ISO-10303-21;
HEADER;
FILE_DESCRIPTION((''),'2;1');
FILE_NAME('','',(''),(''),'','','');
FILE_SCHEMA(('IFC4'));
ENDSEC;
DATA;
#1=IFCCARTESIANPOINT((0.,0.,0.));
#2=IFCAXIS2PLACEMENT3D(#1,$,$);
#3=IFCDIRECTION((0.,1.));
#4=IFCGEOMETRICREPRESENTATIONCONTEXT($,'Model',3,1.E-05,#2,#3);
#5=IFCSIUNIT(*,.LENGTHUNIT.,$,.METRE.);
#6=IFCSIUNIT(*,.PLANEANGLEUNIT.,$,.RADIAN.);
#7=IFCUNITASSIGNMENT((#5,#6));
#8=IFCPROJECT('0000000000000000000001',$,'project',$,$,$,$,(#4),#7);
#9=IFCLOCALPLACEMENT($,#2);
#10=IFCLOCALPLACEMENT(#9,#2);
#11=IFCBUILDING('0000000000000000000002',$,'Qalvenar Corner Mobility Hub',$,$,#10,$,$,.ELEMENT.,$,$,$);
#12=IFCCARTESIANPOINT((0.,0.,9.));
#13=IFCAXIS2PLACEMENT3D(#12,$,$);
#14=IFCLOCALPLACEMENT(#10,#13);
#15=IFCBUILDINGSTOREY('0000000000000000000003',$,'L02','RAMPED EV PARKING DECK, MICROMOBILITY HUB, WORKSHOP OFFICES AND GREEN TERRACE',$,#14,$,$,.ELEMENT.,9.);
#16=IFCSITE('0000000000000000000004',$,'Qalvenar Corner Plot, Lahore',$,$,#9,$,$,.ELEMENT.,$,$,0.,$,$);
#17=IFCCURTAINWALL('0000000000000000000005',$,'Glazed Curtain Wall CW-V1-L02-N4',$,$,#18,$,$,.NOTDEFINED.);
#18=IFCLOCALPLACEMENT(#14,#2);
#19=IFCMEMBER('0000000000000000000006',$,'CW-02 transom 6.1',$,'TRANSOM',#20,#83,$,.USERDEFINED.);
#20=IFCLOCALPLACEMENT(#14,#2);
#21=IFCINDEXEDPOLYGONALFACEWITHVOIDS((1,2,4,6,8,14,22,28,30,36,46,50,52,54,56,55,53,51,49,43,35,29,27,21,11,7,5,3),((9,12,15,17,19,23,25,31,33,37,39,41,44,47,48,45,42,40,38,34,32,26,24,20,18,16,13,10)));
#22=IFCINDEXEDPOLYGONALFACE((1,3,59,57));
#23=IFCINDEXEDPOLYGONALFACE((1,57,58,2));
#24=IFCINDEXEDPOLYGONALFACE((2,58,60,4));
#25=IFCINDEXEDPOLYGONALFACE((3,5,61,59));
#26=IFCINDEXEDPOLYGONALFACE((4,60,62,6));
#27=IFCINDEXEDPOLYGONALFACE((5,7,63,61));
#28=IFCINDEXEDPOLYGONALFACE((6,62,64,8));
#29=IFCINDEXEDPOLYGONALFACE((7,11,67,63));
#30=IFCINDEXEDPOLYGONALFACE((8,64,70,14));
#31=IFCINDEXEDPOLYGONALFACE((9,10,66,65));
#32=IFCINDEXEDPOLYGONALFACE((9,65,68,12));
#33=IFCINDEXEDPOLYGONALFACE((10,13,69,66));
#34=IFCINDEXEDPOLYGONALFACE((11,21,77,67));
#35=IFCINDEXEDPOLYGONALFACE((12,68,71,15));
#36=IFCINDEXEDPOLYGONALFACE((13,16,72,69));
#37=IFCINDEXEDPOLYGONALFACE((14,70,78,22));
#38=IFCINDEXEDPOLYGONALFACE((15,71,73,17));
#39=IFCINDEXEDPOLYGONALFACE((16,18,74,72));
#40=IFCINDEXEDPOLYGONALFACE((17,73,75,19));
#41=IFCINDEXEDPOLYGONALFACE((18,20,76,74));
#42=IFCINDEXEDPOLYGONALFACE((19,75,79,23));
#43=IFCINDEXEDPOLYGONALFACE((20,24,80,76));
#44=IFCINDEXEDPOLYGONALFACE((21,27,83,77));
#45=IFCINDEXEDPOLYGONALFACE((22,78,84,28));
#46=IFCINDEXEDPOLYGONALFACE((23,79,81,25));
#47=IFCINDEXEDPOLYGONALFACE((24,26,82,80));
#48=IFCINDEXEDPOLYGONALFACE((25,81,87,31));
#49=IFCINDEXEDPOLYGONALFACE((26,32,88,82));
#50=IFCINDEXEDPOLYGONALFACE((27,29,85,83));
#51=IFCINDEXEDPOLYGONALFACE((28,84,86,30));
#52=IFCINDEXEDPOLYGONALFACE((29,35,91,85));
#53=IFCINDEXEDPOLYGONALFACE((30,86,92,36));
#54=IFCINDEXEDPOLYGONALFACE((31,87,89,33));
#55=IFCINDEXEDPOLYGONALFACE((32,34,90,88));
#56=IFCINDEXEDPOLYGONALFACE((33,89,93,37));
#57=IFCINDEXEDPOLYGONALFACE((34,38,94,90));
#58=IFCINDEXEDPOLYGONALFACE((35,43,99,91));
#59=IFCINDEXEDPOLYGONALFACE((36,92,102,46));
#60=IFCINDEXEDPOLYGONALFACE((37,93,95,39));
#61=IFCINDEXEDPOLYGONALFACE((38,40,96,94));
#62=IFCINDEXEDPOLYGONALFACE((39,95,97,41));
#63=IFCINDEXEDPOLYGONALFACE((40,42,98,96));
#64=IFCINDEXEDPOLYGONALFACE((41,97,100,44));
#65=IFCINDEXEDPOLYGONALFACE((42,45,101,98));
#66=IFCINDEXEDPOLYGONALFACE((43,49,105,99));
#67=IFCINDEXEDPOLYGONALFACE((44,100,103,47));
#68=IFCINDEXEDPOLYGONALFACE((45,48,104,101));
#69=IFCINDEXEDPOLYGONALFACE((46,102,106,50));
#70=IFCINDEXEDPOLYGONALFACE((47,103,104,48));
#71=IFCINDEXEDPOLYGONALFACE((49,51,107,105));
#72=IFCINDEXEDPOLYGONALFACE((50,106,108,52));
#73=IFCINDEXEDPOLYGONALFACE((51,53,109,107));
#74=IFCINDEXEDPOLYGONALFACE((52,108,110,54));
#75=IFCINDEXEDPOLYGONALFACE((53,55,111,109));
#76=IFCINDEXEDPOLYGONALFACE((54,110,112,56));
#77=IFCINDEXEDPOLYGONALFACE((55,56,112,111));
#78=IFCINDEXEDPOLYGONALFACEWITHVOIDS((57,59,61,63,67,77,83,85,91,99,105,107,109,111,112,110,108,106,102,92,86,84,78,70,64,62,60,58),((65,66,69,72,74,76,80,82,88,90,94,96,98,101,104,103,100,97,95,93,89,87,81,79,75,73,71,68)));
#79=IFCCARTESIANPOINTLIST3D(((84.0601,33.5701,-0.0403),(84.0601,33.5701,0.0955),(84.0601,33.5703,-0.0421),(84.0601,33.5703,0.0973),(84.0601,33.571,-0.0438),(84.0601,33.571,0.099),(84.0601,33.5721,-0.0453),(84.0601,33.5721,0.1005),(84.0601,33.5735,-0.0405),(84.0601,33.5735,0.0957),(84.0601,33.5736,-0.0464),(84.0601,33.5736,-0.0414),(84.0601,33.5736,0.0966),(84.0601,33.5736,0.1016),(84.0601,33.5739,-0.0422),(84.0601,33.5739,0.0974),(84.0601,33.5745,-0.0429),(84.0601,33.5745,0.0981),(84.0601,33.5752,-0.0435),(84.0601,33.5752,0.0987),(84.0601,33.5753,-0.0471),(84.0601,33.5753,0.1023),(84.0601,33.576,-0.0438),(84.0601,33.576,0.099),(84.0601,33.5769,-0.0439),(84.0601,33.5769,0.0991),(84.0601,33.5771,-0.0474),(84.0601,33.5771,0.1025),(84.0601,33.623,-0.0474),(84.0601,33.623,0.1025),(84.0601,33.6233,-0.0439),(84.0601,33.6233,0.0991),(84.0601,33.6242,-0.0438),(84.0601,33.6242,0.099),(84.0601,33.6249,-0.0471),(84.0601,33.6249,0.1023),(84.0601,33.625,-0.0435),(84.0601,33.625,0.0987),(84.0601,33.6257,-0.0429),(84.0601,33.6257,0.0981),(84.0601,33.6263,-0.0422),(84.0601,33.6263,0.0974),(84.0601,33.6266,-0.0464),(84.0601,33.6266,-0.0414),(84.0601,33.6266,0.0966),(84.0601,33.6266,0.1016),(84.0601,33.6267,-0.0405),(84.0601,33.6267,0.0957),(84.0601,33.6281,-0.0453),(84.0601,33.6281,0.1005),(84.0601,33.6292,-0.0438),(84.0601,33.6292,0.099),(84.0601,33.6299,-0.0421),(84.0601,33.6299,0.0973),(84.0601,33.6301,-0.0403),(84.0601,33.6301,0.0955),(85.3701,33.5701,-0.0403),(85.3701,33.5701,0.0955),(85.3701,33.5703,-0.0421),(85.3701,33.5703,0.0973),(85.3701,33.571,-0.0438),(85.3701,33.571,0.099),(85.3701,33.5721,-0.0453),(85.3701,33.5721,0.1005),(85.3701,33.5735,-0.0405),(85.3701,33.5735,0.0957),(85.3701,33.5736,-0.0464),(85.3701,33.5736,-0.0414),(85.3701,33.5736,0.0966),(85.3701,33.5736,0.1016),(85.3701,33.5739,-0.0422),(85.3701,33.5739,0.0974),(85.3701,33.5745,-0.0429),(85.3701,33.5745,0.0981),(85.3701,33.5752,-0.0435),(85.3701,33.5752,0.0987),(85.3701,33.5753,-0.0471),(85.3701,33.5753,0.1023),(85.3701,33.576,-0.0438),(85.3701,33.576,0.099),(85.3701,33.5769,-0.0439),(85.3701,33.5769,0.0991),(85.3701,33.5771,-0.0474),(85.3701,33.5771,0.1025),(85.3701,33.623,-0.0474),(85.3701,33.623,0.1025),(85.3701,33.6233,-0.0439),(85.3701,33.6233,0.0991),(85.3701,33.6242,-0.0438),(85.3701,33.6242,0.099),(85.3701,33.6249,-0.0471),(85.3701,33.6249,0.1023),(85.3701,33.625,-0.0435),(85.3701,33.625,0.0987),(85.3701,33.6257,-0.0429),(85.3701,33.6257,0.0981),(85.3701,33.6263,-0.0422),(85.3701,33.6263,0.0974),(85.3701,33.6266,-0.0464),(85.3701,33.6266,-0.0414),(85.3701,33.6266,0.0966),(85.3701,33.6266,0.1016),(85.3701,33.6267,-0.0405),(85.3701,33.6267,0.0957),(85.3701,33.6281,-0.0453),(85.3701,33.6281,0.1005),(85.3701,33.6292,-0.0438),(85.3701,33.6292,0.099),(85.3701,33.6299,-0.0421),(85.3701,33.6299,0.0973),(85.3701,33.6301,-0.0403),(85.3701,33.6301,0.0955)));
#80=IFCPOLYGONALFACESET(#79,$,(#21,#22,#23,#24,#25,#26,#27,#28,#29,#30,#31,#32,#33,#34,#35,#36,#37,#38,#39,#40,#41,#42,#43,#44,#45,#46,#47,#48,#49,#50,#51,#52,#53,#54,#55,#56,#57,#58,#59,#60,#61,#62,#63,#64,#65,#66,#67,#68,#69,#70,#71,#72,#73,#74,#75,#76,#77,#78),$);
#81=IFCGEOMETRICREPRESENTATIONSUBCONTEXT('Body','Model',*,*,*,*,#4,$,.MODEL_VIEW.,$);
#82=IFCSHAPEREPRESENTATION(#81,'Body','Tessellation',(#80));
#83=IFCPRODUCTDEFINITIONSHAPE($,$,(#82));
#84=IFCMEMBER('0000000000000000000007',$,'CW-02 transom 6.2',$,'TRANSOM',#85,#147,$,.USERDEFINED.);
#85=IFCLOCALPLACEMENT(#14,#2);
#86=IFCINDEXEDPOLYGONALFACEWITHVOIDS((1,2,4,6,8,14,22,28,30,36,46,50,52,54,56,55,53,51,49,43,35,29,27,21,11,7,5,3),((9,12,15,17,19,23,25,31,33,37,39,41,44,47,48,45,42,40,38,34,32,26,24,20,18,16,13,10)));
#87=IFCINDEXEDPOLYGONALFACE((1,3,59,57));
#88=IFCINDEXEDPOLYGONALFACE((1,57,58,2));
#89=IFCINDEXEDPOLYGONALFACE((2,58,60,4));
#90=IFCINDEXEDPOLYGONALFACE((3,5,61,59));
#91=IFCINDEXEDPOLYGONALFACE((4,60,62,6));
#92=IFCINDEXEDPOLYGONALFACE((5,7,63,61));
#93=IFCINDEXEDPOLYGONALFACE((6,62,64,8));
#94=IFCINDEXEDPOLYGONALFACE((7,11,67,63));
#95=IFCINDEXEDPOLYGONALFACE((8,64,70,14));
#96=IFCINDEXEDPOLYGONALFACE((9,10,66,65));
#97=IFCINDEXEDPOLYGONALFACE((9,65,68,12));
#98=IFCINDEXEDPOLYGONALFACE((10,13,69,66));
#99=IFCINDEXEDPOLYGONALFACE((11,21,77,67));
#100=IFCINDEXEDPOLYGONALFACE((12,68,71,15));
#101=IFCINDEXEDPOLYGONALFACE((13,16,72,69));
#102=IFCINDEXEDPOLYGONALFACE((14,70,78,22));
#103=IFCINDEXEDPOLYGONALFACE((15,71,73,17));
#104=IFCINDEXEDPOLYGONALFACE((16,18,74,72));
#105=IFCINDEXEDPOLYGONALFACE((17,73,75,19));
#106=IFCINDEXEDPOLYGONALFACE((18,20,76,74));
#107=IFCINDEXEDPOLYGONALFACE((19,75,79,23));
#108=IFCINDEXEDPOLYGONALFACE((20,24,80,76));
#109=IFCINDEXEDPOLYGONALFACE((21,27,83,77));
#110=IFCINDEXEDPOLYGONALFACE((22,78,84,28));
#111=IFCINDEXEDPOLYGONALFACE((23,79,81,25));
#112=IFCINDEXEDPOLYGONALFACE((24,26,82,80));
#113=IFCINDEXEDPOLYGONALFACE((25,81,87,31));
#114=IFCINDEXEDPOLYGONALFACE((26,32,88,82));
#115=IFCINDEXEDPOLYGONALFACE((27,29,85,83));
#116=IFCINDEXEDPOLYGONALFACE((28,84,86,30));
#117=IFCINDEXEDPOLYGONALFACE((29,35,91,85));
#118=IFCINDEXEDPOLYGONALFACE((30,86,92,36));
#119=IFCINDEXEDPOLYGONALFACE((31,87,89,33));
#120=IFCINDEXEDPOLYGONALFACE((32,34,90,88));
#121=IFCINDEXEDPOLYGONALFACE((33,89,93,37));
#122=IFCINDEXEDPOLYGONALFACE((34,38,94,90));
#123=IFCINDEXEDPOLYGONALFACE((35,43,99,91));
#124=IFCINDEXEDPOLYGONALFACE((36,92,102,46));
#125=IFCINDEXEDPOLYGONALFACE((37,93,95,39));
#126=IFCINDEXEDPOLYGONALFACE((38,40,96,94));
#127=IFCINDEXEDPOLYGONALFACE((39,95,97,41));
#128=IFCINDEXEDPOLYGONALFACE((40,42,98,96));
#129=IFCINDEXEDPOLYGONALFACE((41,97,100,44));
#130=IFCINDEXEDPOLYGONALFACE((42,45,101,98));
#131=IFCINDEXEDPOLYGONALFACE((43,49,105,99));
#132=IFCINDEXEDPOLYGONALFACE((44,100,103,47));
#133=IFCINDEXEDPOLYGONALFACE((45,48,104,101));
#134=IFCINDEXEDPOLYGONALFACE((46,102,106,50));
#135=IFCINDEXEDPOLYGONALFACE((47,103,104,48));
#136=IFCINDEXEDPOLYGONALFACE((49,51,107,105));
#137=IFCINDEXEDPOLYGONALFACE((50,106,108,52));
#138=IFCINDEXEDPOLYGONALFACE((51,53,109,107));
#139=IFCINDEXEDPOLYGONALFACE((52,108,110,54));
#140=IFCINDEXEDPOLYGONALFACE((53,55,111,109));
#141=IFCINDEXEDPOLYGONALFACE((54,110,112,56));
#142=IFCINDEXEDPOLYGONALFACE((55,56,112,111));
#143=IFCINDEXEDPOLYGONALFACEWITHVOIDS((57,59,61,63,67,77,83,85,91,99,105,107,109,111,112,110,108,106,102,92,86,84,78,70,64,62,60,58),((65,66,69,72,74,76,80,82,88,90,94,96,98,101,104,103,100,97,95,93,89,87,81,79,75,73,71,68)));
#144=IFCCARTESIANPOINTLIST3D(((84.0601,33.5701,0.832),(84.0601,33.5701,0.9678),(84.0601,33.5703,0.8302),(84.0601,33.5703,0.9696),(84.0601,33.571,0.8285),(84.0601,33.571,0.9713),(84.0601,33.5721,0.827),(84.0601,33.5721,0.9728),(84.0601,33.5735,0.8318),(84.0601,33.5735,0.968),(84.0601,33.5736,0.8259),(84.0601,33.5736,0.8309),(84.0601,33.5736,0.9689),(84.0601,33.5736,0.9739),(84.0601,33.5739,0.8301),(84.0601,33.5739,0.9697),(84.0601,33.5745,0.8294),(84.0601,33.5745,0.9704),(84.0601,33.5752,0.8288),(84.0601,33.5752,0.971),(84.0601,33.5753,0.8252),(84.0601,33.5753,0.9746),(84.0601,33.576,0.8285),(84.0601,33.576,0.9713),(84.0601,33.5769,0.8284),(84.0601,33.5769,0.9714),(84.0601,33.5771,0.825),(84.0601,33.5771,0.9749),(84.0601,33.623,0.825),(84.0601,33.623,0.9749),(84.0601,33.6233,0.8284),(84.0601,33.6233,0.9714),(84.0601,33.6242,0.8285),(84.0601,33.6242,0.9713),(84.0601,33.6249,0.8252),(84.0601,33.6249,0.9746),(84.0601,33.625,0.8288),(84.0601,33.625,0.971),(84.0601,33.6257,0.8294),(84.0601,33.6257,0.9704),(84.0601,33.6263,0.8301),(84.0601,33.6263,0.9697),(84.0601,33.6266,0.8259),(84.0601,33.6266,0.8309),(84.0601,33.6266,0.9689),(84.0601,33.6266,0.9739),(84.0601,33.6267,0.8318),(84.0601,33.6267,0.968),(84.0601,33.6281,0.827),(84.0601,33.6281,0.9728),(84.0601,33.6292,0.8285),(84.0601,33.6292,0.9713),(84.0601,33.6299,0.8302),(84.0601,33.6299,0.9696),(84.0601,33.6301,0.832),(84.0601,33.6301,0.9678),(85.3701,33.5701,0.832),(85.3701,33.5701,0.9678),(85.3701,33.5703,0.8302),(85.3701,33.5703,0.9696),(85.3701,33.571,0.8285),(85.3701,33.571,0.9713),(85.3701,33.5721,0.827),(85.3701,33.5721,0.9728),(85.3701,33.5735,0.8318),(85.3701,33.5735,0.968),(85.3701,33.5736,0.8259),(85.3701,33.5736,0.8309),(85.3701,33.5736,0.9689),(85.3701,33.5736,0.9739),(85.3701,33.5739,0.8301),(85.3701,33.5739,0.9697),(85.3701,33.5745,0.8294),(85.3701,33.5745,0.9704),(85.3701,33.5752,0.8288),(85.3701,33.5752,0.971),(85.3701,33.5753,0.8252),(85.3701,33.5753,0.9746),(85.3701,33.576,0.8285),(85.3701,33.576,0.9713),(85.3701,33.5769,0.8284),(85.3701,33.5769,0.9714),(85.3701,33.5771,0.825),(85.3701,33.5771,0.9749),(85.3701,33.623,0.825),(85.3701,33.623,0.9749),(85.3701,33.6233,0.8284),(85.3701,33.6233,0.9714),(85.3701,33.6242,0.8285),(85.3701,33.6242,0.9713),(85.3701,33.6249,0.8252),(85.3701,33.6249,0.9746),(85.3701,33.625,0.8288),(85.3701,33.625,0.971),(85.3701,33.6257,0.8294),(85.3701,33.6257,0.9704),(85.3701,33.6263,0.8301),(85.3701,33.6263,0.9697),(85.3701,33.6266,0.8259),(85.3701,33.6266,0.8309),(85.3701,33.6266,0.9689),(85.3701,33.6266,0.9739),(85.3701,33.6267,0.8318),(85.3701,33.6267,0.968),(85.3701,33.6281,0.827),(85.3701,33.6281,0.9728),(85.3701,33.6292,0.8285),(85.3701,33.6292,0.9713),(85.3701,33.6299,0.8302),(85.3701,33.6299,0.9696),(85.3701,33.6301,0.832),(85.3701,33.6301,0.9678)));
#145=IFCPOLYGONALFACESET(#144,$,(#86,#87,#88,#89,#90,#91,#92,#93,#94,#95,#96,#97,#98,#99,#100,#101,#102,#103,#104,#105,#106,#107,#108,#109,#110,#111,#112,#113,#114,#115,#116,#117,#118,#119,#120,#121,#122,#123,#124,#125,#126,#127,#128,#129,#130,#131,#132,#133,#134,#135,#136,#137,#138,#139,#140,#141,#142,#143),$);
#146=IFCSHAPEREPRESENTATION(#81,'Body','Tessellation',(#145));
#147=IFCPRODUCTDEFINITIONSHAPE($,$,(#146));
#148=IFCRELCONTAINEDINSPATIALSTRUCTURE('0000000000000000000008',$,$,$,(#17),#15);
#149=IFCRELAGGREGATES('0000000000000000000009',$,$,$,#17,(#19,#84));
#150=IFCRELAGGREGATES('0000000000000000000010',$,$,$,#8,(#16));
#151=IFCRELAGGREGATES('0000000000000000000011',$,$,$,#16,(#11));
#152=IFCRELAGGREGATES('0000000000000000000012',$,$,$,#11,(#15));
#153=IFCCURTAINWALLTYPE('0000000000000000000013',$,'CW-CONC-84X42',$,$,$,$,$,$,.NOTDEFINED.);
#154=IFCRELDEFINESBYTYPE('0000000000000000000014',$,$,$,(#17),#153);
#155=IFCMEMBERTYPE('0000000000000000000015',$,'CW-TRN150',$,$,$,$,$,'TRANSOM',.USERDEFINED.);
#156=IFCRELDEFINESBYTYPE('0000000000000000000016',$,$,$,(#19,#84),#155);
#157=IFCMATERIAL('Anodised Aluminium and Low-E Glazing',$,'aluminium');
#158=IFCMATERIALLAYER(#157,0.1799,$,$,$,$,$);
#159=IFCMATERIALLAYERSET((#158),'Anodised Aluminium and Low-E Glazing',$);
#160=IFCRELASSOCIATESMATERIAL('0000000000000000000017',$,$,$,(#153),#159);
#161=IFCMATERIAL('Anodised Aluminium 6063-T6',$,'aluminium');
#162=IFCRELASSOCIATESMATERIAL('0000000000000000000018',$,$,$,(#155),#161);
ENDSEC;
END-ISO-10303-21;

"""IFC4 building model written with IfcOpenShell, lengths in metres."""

from ifc_helpers import new_model, si_unit, direction, frame, origin, origin_2d, place, context, subcontext, project, spatial, hollow_rectangle, extrude, material, layer, layer_set, material_profile, profile_set, type_object, element, aggregate, save


model = new_model("IFC4")

# Units and contexts
model_context = context("Model", 3, precision=1e-05, world=origin(), true_north=direction((0.0, 1.0)))
body_context = subcontext(model_context, "Body", "Model", "MODEL_VIEW")
ifc_project = project(units=[si_unit("LENGTHUNIT", "METRE"), si_unit("PLANEANGLEUNIT", "RADIAN")], contexts=[model_context])

# Site, building, storey
site_placement = place(None, origin())
site = spatial("IfcSite", under=ifc_project, at=site_placement, Name="Qalvenar Corner Plot, Lahore", CompositionType="ELEMENT", RefElevation=0.0)
building_placement = place(site_placement, origin())
building = spatial("IfcBuilding", under=site, at=building_placement, Name="Qalvenar Corner Mobility Hub", CompositionType="ELEMENT")
storey_placement = place(building_placement, frame((0.0, 0.0, 9.0)))
storey = spatial("IfcBuildingStorey", under=building, at=storey_placement, Name="L02", Description="RAMPED EV PARKING DECK, MICROMOBILITY HUB, WORKSHOP OFFICES AND GREEN TERRACE", CompositionType="ELEMENT", Elevation=9.0)

# Curtain wall
ifc_material_1 = material(Name="Anodised Aluminium and Low-E Glazing", Category="aluminium")
ifc_layer_1 = layer(ifc_material_1, 0.1799)
ifc_layer_set_1 = layer_set([ifc_layer_1], Name="Anodised Aluminium and Low-E Glazing")
curtain_wall_type = type_object("IfcCurtainWallType", Name="CW-CONC-84X42", PredefinedType="NOTDEFINED", material=ifc_layer_set_1)
ifc_material_2 = material(Name="Anodised Aluminium 6063-T6", Category="aluminium")
curtain_wall_1_placement = place(storey_placement, origin())
curtain_wall_1 = element("IfcCurtainWall", 1, at=curtain_wall_1_placement, inside=storey, type_object=curtain_wall_type, Name="Glazed Curtain Wall CW-V1-L02-N4", PredefinedType="NOTDEFINED")

# Members
ifc_material_profile_1 = material_profile(ifc_material_2, hollow_rectangle(XDim=0.0601, YDim=0.1499, WallThickness=0.0034, InnerFilletRadius=0.0034, OuterFilletRadius=0.0071, at=origin_2d()), Name="RHS150x60x3.5")
ifc_profile_set_1 = profile_set([ifc_material_profile_1], Name="Anodised Aluminium 6063-T6")
member_type_1 = type_object("IfcMemberType", Name="CW-TRN150", ElementType="TRANSOM", PredefinedType="USERDEFINED", material=ifc_profile_set_1)
member_1_placement = place(storey_placement, frame((85.3701, 33.6001, 0.0276), z_axis=(-1.0, 0.0, 0.0), x_axis=(0.0, -1.0, 0.0)))
member_1 = element("IfcMember", 2, at=member_1_placement, type_object=member_type_1, Name="CW-02 transom 6.1", ObjectType="TRANSOM", PredefinedType="USERDEFINED", context=body_context, shape_type="SweptSolid", body=[
    extrude(hollow_rectangle(XDim=0.0601, YDim=0.1499, WallThickness=0.0034, InnerFilletRadius=0.0034, OuterFilletRadius=0.0071, at=origin_2d()), origin(), (0.0, 0.0, 1.0), 1.3101),
])
member_2_placement = place(storey_placement, frame((85.3701, 33.6001, 0.8999), z_axis=(-1.0, 0.0, 0.0), x_axis=(0.0, -1.0, 0.0)))
member_2 = element("IfcMember", 3, at=member_2_placement, type_object=member_type_1, Name="CW-02 transom 6.2", ObjectType="TRANSOM", PredefinedType="USERDEFINED", context=body_context, shape_type="SweptSolid", body=[
    extrude(hollow_rectangle(XDim=0.0601, YDim=0.1499, WallThickness=0.0034, InnerFilletRadius=0.0034, OuterFilletRadius=0.0071, at=origin_2d()), origin(), (0.0, 0.0, 1.0), 1.3101),
])

aggregate(curtain_wall_1, [member_1, member_2])

save(model, "model.ifc")
